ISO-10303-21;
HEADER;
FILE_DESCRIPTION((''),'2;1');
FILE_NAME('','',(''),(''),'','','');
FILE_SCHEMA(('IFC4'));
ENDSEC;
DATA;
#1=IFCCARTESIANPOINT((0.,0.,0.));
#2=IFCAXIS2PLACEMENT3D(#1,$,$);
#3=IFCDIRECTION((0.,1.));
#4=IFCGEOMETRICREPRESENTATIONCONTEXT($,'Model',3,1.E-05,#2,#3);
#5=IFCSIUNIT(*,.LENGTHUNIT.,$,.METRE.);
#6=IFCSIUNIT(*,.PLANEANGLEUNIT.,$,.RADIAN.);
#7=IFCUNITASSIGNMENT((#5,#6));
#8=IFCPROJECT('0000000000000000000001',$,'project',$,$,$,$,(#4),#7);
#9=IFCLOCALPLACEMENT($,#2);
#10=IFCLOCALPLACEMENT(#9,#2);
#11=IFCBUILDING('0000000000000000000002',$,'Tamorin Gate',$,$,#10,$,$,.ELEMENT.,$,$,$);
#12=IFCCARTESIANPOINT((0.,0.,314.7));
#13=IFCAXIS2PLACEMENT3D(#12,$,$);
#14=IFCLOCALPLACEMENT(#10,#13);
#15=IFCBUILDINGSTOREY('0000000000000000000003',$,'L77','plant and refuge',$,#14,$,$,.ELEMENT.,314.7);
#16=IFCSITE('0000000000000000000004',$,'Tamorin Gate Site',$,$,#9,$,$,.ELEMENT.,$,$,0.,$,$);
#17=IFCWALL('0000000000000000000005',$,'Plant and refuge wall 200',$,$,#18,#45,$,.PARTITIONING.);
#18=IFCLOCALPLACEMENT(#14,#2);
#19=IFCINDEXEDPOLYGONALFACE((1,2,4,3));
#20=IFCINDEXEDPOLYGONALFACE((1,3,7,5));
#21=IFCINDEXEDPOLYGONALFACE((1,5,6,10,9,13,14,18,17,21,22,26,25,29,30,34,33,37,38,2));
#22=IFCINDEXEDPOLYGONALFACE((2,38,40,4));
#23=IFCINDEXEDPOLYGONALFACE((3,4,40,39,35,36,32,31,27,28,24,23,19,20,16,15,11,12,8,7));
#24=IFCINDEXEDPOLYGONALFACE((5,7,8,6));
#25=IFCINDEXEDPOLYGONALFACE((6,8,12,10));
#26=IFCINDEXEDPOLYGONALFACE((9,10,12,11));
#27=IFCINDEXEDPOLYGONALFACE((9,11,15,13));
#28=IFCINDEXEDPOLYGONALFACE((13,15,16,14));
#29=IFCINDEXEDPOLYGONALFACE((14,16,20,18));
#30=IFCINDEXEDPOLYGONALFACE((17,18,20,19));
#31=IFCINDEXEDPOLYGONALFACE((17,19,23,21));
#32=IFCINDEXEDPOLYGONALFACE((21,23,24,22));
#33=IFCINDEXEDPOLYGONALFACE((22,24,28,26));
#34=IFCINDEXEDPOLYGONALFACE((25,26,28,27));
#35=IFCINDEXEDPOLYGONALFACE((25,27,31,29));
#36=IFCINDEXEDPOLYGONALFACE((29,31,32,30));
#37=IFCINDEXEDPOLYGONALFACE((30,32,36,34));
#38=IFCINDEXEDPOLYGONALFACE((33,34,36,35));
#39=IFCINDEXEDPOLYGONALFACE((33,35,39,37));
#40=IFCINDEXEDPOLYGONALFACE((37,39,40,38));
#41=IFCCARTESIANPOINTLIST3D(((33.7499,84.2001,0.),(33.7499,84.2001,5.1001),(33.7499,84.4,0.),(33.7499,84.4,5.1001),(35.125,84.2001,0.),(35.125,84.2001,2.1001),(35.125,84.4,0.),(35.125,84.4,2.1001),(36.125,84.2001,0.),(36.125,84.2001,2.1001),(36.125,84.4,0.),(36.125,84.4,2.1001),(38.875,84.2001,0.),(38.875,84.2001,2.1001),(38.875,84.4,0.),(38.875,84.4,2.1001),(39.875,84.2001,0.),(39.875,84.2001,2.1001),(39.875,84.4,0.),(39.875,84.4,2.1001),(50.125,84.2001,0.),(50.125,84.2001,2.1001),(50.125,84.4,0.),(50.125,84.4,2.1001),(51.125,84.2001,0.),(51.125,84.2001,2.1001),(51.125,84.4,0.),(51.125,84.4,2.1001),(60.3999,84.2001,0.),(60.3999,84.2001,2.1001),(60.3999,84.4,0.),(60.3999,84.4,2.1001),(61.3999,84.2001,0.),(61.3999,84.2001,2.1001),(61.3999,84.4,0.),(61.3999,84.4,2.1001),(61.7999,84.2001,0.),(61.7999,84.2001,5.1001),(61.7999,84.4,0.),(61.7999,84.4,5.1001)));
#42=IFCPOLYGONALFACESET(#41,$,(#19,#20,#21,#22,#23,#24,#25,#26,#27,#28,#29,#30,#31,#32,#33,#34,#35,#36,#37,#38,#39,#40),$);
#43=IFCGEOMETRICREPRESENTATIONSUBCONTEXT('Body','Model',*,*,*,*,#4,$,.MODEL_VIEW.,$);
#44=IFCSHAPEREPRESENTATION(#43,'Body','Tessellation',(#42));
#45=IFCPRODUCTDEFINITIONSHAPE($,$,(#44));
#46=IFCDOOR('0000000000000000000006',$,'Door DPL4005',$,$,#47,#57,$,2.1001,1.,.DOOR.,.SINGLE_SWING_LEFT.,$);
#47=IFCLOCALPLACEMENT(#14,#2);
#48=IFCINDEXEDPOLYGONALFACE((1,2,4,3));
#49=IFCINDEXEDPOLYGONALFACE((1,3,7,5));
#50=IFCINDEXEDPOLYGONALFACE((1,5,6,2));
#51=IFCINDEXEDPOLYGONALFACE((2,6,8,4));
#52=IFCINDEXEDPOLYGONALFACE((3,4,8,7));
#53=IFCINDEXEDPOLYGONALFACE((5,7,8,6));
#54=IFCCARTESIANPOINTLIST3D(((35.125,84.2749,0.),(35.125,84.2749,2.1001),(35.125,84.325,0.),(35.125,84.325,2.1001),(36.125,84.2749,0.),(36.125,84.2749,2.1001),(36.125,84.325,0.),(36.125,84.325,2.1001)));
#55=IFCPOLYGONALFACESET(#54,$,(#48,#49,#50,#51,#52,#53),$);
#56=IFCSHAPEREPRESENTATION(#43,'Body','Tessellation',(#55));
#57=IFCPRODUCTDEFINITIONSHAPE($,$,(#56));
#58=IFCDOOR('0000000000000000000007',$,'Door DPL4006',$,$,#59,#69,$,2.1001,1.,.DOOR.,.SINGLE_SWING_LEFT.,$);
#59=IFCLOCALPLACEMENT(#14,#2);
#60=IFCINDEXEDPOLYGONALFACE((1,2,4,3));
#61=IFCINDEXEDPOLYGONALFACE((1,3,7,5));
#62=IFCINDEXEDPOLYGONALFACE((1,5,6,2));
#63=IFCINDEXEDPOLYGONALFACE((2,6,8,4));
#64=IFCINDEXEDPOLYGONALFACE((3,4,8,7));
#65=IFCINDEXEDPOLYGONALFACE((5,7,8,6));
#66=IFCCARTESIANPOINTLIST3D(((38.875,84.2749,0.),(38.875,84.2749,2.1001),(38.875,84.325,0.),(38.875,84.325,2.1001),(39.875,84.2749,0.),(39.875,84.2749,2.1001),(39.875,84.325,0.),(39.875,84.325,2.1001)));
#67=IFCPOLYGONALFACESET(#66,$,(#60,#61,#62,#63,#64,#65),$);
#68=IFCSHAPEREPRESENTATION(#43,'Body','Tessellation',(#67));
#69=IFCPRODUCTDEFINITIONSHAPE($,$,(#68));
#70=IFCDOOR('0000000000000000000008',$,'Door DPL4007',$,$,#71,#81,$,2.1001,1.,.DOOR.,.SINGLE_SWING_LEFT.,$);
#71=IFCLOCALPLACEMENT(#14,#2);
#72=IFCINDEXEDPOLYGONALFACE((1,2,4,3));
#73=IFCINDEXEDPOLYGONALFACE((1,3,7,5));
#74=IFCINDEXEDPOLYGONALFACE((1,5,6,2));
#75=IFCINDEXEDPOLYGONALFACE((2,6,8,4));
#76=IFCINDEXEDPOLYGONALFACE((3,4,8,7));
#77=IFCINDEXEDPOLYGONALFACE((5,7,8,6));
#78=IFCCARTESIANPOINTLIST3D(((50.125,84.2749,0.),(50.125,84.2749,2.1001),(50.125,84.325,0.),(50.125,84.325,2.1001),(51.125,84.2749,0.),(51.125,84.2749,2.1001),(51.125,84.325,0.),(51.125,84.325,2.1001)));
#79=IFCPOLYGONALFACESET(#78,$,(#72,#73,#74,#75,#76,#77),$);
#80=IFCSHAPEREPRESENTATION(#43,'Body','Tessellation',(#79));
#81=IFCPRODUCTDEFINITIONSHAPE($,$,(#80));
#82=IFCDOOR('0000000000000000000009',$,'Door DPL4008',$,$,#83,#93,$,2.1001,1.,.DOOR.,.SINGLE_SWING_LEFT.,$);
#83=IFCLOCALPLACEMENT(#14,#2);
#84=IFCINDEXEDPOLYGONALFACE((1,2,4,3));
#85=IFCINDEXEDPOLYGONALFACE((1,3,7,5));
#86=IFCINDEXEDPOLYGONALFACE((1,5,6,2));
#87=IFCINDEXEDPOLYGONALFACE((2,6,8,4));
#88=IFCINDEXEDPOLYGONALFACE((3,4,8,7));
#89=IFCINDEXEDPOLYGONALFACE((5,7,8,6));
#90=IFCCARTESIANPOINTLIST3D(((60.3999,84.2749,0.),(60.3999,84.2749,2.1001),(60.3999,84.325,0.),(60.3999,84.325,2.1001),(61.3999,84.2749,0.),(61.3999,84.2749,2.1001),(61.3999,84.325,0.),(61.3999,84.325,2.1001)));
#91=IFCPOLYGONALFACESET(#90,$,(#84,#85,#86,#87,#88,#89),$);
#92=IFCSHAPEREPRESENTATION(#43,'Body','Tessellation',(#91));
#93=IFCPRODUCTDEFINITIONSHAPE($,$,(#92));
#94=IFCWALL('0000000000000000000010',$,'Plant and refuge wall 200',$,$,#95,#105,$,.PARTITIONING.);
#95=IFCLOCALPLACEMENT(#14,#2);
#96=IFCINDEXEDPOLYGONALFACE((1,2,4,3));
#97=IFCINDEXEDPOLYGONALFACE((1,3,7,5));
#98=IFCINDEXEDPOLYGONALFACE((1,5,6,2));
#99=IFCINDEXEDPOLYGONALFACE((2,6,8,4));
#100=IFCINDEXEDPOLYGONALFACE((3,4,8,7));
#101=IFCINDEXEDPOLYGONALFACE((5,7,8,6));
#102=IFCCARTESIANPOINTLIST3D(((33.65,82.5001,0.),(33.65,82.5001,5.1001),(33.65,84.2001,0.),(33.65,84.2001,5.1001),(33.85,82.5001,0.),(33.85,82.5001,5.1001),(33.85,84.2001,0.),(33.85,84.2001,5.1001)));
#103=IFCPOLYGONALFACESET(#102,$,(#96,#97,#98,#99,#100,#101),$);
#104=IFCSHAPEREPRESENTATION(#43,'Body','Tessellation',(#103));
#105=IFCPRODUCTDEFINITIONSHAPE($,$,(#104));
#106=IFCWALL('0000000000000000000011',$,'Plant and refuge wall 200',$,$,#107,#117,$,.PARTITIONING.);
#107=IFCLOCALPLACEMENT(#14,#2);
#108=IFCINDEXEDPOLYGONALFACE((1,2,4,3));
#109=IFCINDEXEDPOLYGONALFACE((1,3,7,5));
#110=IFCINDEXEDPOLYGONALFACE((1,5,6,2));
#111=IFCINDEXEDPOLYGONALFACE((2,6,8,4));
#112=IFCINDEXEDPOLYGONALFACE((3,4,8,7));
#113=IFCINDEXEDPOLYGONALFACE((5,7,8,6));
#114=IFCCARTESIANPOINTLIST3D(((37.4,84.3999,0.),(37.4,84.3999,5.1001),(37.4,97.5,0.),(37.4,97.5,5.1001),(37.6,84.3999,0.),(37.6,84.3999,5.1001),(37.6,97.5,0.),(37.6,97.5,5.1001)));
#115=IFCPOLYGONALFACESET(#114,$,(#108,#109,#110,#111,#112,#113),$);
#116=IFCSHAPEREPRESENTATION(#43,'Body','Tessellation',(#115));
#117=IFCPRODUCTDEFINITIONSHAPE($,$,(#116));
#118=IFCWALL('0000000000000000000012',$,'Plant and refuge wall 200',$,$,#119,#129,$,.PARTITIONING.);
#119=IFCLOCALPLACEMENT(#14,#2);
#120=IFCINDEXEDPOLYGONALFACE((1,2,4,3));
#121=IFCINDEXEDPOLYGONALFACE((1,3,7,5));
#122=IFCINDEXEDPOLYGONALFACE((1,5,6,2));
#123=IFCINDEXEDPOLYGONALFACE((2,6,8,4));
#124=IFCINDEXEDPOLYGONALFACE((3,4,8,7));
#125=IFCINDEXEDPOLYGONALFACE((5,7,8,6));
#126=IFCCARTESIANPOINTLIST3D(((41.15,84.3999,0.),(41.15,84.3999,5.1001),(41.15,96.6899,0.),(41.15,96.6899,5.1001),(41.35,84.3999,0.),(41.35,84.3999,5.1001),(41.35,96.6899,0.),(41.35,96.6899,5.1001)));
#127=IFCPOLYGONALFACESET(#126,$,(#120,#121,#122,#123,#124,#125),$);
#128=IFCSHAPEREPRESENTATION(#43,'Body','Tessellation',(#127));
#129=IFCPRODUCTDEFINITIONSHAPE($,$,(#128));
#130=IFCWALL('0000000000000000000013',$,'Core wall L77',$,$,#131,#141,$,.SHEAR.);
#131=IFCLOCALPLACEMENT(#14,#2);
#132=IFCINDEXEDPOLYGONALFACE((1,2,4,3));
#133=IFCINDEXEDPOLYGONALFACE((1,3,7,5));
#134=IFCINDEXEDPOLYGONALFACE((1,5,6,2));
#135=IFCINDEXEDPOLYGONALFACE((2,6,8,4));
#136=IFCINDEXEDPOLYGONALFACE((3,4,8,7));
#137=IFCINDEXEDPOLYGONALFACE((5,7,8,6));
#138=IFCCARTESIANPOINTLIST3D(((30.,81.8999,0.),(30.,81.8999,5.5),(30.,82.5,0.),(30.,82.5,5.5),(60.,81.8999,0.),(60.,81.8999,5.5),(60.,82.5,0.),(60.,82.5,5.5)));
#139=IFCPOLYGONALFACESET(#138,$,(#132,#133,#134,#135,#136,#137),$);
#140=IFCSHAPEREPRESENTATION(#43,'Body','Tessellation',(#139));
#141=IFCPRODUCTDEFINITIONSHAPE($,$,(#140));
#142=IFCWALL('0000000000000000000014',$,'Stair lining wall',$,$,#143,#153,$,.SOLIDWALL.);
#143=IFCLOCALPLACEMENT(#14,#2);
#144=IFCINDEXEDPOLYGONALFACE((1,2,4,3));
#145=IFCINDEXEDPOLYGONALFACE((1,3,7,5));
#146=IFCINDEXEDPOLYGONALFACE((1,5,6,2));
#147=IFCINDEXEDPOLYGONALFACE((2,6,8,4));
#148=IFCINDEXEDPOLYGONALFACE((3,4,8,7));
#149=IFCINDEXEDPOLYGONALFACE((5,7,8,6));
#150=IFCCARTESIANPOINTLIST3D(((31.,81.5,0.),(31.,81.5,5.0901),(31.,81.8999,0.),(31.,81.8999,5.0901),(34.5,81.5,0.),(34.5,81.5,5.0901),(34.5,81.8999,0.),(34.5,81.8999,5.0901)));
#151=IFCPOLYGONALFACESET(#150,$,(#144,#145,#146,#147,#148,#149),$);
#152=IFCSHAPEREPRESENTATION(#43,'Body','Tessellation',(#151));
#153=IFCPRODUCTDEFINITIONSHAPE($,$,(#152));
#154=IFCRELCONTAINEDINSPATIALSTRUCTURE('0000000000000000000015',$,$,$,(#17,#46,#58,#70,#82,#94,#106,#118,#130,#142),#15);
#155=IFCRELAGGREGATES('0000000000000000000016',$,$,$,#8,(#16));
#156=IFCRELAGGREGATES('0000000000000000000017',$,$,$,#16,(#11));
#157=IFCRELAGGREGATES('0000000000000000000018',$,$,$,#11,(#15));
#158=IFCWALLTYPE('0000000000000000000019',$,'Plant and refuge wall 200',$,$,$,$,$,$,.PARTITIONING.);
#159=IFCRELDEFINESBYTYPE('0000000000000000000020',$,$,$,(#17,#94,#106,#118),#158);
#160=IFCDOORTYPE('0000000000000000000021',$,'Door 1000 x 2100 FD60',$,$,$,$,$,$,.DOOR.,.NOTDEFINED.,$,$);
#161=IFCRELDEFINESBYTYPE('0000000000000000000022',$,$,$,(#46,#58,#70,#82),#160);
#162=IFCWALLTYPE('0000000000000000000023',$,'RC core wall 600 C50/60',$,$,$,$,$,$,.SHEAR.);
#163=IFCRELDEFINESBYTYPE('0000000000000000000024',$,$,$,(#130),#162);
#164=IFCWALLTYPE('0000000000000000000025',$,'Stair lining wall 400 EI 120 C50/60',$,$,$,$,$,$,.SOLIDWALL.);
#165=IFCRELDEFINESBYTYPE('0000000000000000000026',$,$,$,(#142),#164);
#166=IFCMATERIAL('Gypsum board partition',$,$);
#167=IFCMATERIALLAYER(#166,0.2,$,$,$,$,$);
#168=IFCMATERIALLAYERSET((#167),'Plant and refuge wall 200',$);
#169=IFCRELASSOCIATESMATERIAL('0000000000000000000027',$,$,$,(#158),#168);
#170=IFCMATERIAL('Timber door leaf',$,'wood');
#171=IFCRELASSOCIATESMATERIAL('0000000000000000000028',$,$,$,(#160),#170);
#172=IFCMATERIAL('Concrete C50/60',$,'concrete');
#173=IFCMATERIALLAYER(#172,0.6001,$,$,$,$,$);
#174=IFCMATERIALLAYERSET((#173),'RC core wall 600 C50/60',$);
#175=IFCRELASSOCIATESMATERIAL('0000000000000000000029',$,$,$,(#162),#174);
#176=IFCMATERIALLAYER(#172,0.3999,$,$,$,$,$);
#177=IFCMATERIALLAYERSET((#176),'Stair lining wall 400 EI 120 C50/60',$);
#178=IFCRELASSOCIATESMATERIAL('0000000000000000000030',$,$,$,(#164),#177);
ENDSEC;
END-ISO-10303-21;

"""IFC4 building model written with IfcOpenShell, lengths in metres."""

from ifc_helpers import new_model, si_unit, direction, frame, frame_2d, origin, place, context, subcontext, project, spatial, rectangle, extrude, material, layer, layer_set, type_object, element, fill, save


model = new_model("IFC4")

# Units and contexts
model_context = context("Model", 3, precision=1e-05, world=origin(), true_north=direction((0.0, 1.0)))
body_context = subcontext(model_context, "Body", "Model", "MODEL_VIEW")
ifc_project = project(units=[si_unit("LENGTHUNIT", "METRE"), si_unit("PLANEANGLEUNIT", "RADIAN")], contexts=[model_context])

# Site, building, storey
site_placement = place(None, origin())
site = spatial("IfcSite", under=ifc_project, at=site_placement, Name="Tamorin Gate Site", CompositionType="ELEMENT", RefElevation=0.0)
building_placement = place(site_placement, origin())
building = spatial("IfcBuilding", under=site, at=building_placement, Name="Tamorin Gate", CompositionType="ELEMENT")
storey_placement = place(building_placement, frame((0.0, 0.0, 314.7)))
storey = spatial("IfcBuildingStorey", under=building, at=storey_placement, Name="L77", Description="plant and refuge", CompositionType="ELEMENT", Elevation=314.7)

# Shared definitions
ifc_material_1 = material(Name="Concrete C50/60", Category="concrete")

# Wall, openings, doors
ifc_material_2 = material(Name="Gypsum board partition")
ifc_layer_1 = layer(ifc_material_2, 0.2)
ifc_layer_set_1 = layer_set([ifc_layer_1], Name="Plant and refuge wall 200")
wall_type_1 = type_object("IfcWallType", Name="Plant and refuge wall 200", PredefinedType="PARTITIONING", material=ifc_layer_set_1)
wall_1_placement = place(storey_placement, frame((33.75, 84.3, 0.0), z_axis=(0.0, 0.0, 1.0), x_axis=(1.0, 0.0, 0.0)))
wall_1 = element("IfcWall", 1, at=wall_1_placement, inside=storey, type_object=wall_type_1, Name="Plant and refuge wall 200", PredefinedType="PARTITIONING", context=body_context, shape_type="SweptSolid", body=[
    extrude(rectangle(XDim=28.05, YDim=0.2, at=frame_2d((14.0249, 0.0))), origin(), (0.0, 0.0, 1.0), 5.1001),
])
opening_1_placement = place(wall_1_placement, frame((1.375, 0.0, 0.0)))
opening_1 = element("IfcOpeningElement", 2, at=opening_1_placement, cuts=wall_1, PredefinedType="OPENING", context=body_context, shape_type="SweptSolid", body=[
    extrude(rectangle(XDim=1.0, YDim=2.1001, at=frame_2d((0.5, 1.05))), frame((0.0, 0.1099, 0.0), z_axis=(0.0, -1.0, 0.0), x_axis=(1.0, 0.0, 0.0)), (0.0, 0.0, 1.0), 0.22),
])
opening_2_placement = place(wall_1_placement, frame((5.125, 0.0, 0.0)))
opening_2 = element("IfcOpeningElement", 3, at=opening_2_placement, cuts=wall_1, PredefinedType="OPENING", context=body_context, shape_type="SweptSolid", body=[
    extrude(rectangle(XDim=1.0, YDim=2.1001, at=frame_2d((0.5, 1.05))), frame((0.0, 0.1099, 0.0), z_axis=(0.0, -1.0, 0.0), x_axis=(1.0, 0.0, 0.0)), (0.0, 0.0, 1.0), 0.22),
])
opening_3_placement = place(wall_1_placement, frame((16.375, 0.0, 0.0)))
opening_3 = element("IfcOpeningElement", 4, at=opening_3_placement, cuts=wall_1, PredefinedType="OPENING", context=body_context, shape_type="SweptSolid", body=[
    extrude(rectangle(XDim=1.0, YDim=2.1001, at=frame_2d((0.5, 1.05))), frame((0.0, 0.1099, 0.0), z_axis=(0.0, -1.0, 0.0), x_axis=(1.0, 0.0, 0.0)), (0.0, 0.0, 1.0), 0.22),
])
opening_4_placement = place(wall_1_placement, frame((26.6499, 0.0, 0.0)))
opening_4 = element("IfcOpeningElement", 5, at=opening_4_placement, cuts=wall_1, PredefinedType="OPENING", context=body_context, shape_type="SweptSolid", body=[
    extrude(rectangle(XDim=1.0, YDim=2.1001, at=frame_2d((0.5, 1.05))), frame((0.0, 0.1099, 0.0), z_axis=(0.0, -1.0, 0.0), x_axis=(1.0, 0.0, 0.0)), (0.0, 0.0, 1.0), 0.22),
])
ifc_material_3 = material(Name="Timber door leaf", Category="wood")
door_type = type_object("IfcDoorType", Name="Door 1000 x 2100 FD60", OperationType="NOTDEFINED", PredefinedType="DOOR", material=ifc_material_3)
door_1_placement = place(opening_1_placement, origin())
door_1 = element("IfcDoor", 6, at=door_1_placement, inside=storey, type_object=door_type, Name="Door DPL4005", OperationType="SINGLE_SWING_LEFT", OverallHeight=2.1001, OverallWidth=1.0, PredefinedType="DOOR", context=body_context, shape_type="SweptSolid", body=[
    extrude(rectangle(XDim=1.0, YDim=2.1001, at=frame_2d((0.5, 1.05))), frame((0.0, 0.0249, 0.0), z_axis=(0.0, -1.0, 0.0), x_axis=(1.0, 0.0, 0.0)), (0.0, 0.0, 1.0), 0.05),
])
fill(opening_1, door_1)
door_2_placement = place(opening_2_placement, origin())
door_2 = element("IfcDoor", 7, at=door_2_placement, inside=storey, type_object=door_type, Name="Door DPL4006", OperationType="SINGLE_SWING_LEFT", OverallHeight=2.1001, OverallWidth=1.0, PredefinedType="DOOR", context=body_context, shape_type="SweptSolid", body=[
    extrude(rectangle(XDim=1.0, YDim=2.1001, at=frame_2d((0.5, 1.05))), frame((0.0, 0.0249, 0.0), z_axis=(0.0, -1.0, 0.0), x_axis=(1.0, 0.0, 0.0)), (0.0, 0.0, 1.0), 0.05),
])
fill(opening_2, door_2)
door_3_placement = place(opening_3_placement, origin())
door_3 = element("IfcDoor", 8, at=door_3_placement, inside=storey, type_object=door_type, Name="Door DPL4007", OperationType="SINGLE_SWING_LEFT", OverallHeight=2.1001, OverallWidth=1.0, PredefinedType="DOOR", context=body_context, shape_type="SweptSolid", body=[
    extrude(rectangle(XDim=1.0, YDim=2.1001, at=frame_2d((0.5, 1.05))), frame((0.0, 0.0249, 0.0), z_axis=(0.0, -1.0, 0.0), x_axis=(1.0, 0.0, 0.0)), (0.0, 0.0, 1.0), 0.05),
])
fill(opening_3, door_3)
door_4_placement = place(opening_4_placement, origin())
door_4 = element("IfcDoor", 9, at=door_4_placement, inside=storey, type_object=door_type, Name="Door DPL4008", OperationType="SINGLE_SWING_LEFT", OverallHeight=2.1001, OverallWidth=1.0, PredefinedType="DOOR", context=body_context, shape_type="SweptSolid", body=[
    extrude(rectangle(XDim=1.0, YDim=2.1001, at=frame_2d((0.5, 1.05))), frame((0.0, 0.0249, 0.0), z_axis=(0.0, -1.0, 0.0), x_axis=(1.0, 0.0, 0.0)), (0.0, 0.0, 1.0), 0.05),
])
fill(opening_4, door_4)

# Walls
wall_2_placement = place(storey_placement, frame((33.75, 82.5, 0.0), z_axis=(0.0, 0.0, 1.0), x_axis=(0.0, 1.0, 0.0)))
element("IfcWall", 10, at=wall_2_placement, inside=storey, type_object=wall_type_1, Name="Plant and refuge wall 200", PredefinedType="PARTITIONING", context=body_context, shape_type="SweptSolid", body=[
    extrude(rectangle(XDim=1.7, YDim=0.2, at=frame_2d((0.8501, 0.0))), origin(), (0.0, 0.0, 1.0), 5.1001),
])
wall_3_placement = place(storey_placement, frame((37.5, 84.3999, 0.0), z_axis=(0.0, 0.0, 1.0), x_axis=(0.0, 1.0, 0.0)))
element("IfcWall", 11, at=wall_3_placement, inside=storey, type_object=wall_type_1, Name="Plant and refuge wall 200", PredefinedType="PARTITIONING", context=body_context, shape_type="SweptSolid", body=[
    extrude(rectangle(XDim=13.1001, YDim=0.2, at=frame_2d((6.55, 0.0))), origin(), (0.0, 0.0, 1.0), 5.1001),
])
wall_4_placement = place(storey_placement, frame((41.25, 84.3999, 0.0), z_axis=(0.0, 0.0, 1.0), x_axis=(0.0, 1.0, 0.0)))
element("IfcWall", 12, at=wall_4_placement, inside=storey, type_object=wall_type_1, Name="Plant and refuge wall 200", PredefinedType="PARTITIONING", context=body_context, shape_type="SweptSolid", body=[
    extrude(rectangle(XDim=12.29, YDim=0.2, at=frame_2d((6.145, 0.0))), origin(), (0.0, 0.0, 1.0), 5.1001),
])
ifc_layer_2 = layer(ifc_material_1, 0.6001)
ifc_layer_set_2 = layer_set([ifc_layer_2], Name="RC core wall 600 C50/60")
wall_type_2 = type_object("IfcWallType", Name="RC core wall 600 C50/60", PredefinedType="SHEAR", material=ifc_layer_set_2)
wall_5_placement = place(storey_placement, frame((30.0, 82.2, 0.0), z_axis=(0.0, 0.0, 1.0), x_axis=(1.0, 0.0, 0.0)))
element("IfcWall", 13, at=wall_5_placement, inside=storey, type_object=wall_type_2, Name="Core wall L77", PredefinedType="SHEAR", context=body_context, shape_type="SweptSolid", body=[
    extrude(rectangle(XDim=30.0, YDim=0.6001, at=frame_2d((15.0, 0.0))), origin(), (0.0, 0.0, 1.0), 5.5),
])
ifc_layer_3 = layer(ifc_material_1, 0.3999)
ifc_layer_set_3 = layer_set([ifc_layer_3], Name="Stair lining wall 400 EI 120 C50/60")
wall_type_3 = type_object("IfcWallType", Name="Stair lining wall 400 EI 120 C50/60", PredefinedType="SOLIDWALL", material=ifc_layer_set_3)
wall_6_placement = place(storey_placement, frame((31.0, 81.7, 0.0), z_axis=(0.0, 0.0, 1.0), x_axis=(1.0, 0.0, 0.0)))
element("IfcWall", 14, at=wall_6_placement, inside=storey, type_object=wall_type_3, Name="Stair lining wall", PredefinedType="SOLIDWALL", context=body_context, shape_type="SweptSolid", body=[
    extrude(rectangle(XDim=3.5, YDim=0.3999, at=frame_2d((1.75, 0.0))), origin(), (0.0, 0.0, 1.0), 5.0901),
])

save(model, "model.ifc")
